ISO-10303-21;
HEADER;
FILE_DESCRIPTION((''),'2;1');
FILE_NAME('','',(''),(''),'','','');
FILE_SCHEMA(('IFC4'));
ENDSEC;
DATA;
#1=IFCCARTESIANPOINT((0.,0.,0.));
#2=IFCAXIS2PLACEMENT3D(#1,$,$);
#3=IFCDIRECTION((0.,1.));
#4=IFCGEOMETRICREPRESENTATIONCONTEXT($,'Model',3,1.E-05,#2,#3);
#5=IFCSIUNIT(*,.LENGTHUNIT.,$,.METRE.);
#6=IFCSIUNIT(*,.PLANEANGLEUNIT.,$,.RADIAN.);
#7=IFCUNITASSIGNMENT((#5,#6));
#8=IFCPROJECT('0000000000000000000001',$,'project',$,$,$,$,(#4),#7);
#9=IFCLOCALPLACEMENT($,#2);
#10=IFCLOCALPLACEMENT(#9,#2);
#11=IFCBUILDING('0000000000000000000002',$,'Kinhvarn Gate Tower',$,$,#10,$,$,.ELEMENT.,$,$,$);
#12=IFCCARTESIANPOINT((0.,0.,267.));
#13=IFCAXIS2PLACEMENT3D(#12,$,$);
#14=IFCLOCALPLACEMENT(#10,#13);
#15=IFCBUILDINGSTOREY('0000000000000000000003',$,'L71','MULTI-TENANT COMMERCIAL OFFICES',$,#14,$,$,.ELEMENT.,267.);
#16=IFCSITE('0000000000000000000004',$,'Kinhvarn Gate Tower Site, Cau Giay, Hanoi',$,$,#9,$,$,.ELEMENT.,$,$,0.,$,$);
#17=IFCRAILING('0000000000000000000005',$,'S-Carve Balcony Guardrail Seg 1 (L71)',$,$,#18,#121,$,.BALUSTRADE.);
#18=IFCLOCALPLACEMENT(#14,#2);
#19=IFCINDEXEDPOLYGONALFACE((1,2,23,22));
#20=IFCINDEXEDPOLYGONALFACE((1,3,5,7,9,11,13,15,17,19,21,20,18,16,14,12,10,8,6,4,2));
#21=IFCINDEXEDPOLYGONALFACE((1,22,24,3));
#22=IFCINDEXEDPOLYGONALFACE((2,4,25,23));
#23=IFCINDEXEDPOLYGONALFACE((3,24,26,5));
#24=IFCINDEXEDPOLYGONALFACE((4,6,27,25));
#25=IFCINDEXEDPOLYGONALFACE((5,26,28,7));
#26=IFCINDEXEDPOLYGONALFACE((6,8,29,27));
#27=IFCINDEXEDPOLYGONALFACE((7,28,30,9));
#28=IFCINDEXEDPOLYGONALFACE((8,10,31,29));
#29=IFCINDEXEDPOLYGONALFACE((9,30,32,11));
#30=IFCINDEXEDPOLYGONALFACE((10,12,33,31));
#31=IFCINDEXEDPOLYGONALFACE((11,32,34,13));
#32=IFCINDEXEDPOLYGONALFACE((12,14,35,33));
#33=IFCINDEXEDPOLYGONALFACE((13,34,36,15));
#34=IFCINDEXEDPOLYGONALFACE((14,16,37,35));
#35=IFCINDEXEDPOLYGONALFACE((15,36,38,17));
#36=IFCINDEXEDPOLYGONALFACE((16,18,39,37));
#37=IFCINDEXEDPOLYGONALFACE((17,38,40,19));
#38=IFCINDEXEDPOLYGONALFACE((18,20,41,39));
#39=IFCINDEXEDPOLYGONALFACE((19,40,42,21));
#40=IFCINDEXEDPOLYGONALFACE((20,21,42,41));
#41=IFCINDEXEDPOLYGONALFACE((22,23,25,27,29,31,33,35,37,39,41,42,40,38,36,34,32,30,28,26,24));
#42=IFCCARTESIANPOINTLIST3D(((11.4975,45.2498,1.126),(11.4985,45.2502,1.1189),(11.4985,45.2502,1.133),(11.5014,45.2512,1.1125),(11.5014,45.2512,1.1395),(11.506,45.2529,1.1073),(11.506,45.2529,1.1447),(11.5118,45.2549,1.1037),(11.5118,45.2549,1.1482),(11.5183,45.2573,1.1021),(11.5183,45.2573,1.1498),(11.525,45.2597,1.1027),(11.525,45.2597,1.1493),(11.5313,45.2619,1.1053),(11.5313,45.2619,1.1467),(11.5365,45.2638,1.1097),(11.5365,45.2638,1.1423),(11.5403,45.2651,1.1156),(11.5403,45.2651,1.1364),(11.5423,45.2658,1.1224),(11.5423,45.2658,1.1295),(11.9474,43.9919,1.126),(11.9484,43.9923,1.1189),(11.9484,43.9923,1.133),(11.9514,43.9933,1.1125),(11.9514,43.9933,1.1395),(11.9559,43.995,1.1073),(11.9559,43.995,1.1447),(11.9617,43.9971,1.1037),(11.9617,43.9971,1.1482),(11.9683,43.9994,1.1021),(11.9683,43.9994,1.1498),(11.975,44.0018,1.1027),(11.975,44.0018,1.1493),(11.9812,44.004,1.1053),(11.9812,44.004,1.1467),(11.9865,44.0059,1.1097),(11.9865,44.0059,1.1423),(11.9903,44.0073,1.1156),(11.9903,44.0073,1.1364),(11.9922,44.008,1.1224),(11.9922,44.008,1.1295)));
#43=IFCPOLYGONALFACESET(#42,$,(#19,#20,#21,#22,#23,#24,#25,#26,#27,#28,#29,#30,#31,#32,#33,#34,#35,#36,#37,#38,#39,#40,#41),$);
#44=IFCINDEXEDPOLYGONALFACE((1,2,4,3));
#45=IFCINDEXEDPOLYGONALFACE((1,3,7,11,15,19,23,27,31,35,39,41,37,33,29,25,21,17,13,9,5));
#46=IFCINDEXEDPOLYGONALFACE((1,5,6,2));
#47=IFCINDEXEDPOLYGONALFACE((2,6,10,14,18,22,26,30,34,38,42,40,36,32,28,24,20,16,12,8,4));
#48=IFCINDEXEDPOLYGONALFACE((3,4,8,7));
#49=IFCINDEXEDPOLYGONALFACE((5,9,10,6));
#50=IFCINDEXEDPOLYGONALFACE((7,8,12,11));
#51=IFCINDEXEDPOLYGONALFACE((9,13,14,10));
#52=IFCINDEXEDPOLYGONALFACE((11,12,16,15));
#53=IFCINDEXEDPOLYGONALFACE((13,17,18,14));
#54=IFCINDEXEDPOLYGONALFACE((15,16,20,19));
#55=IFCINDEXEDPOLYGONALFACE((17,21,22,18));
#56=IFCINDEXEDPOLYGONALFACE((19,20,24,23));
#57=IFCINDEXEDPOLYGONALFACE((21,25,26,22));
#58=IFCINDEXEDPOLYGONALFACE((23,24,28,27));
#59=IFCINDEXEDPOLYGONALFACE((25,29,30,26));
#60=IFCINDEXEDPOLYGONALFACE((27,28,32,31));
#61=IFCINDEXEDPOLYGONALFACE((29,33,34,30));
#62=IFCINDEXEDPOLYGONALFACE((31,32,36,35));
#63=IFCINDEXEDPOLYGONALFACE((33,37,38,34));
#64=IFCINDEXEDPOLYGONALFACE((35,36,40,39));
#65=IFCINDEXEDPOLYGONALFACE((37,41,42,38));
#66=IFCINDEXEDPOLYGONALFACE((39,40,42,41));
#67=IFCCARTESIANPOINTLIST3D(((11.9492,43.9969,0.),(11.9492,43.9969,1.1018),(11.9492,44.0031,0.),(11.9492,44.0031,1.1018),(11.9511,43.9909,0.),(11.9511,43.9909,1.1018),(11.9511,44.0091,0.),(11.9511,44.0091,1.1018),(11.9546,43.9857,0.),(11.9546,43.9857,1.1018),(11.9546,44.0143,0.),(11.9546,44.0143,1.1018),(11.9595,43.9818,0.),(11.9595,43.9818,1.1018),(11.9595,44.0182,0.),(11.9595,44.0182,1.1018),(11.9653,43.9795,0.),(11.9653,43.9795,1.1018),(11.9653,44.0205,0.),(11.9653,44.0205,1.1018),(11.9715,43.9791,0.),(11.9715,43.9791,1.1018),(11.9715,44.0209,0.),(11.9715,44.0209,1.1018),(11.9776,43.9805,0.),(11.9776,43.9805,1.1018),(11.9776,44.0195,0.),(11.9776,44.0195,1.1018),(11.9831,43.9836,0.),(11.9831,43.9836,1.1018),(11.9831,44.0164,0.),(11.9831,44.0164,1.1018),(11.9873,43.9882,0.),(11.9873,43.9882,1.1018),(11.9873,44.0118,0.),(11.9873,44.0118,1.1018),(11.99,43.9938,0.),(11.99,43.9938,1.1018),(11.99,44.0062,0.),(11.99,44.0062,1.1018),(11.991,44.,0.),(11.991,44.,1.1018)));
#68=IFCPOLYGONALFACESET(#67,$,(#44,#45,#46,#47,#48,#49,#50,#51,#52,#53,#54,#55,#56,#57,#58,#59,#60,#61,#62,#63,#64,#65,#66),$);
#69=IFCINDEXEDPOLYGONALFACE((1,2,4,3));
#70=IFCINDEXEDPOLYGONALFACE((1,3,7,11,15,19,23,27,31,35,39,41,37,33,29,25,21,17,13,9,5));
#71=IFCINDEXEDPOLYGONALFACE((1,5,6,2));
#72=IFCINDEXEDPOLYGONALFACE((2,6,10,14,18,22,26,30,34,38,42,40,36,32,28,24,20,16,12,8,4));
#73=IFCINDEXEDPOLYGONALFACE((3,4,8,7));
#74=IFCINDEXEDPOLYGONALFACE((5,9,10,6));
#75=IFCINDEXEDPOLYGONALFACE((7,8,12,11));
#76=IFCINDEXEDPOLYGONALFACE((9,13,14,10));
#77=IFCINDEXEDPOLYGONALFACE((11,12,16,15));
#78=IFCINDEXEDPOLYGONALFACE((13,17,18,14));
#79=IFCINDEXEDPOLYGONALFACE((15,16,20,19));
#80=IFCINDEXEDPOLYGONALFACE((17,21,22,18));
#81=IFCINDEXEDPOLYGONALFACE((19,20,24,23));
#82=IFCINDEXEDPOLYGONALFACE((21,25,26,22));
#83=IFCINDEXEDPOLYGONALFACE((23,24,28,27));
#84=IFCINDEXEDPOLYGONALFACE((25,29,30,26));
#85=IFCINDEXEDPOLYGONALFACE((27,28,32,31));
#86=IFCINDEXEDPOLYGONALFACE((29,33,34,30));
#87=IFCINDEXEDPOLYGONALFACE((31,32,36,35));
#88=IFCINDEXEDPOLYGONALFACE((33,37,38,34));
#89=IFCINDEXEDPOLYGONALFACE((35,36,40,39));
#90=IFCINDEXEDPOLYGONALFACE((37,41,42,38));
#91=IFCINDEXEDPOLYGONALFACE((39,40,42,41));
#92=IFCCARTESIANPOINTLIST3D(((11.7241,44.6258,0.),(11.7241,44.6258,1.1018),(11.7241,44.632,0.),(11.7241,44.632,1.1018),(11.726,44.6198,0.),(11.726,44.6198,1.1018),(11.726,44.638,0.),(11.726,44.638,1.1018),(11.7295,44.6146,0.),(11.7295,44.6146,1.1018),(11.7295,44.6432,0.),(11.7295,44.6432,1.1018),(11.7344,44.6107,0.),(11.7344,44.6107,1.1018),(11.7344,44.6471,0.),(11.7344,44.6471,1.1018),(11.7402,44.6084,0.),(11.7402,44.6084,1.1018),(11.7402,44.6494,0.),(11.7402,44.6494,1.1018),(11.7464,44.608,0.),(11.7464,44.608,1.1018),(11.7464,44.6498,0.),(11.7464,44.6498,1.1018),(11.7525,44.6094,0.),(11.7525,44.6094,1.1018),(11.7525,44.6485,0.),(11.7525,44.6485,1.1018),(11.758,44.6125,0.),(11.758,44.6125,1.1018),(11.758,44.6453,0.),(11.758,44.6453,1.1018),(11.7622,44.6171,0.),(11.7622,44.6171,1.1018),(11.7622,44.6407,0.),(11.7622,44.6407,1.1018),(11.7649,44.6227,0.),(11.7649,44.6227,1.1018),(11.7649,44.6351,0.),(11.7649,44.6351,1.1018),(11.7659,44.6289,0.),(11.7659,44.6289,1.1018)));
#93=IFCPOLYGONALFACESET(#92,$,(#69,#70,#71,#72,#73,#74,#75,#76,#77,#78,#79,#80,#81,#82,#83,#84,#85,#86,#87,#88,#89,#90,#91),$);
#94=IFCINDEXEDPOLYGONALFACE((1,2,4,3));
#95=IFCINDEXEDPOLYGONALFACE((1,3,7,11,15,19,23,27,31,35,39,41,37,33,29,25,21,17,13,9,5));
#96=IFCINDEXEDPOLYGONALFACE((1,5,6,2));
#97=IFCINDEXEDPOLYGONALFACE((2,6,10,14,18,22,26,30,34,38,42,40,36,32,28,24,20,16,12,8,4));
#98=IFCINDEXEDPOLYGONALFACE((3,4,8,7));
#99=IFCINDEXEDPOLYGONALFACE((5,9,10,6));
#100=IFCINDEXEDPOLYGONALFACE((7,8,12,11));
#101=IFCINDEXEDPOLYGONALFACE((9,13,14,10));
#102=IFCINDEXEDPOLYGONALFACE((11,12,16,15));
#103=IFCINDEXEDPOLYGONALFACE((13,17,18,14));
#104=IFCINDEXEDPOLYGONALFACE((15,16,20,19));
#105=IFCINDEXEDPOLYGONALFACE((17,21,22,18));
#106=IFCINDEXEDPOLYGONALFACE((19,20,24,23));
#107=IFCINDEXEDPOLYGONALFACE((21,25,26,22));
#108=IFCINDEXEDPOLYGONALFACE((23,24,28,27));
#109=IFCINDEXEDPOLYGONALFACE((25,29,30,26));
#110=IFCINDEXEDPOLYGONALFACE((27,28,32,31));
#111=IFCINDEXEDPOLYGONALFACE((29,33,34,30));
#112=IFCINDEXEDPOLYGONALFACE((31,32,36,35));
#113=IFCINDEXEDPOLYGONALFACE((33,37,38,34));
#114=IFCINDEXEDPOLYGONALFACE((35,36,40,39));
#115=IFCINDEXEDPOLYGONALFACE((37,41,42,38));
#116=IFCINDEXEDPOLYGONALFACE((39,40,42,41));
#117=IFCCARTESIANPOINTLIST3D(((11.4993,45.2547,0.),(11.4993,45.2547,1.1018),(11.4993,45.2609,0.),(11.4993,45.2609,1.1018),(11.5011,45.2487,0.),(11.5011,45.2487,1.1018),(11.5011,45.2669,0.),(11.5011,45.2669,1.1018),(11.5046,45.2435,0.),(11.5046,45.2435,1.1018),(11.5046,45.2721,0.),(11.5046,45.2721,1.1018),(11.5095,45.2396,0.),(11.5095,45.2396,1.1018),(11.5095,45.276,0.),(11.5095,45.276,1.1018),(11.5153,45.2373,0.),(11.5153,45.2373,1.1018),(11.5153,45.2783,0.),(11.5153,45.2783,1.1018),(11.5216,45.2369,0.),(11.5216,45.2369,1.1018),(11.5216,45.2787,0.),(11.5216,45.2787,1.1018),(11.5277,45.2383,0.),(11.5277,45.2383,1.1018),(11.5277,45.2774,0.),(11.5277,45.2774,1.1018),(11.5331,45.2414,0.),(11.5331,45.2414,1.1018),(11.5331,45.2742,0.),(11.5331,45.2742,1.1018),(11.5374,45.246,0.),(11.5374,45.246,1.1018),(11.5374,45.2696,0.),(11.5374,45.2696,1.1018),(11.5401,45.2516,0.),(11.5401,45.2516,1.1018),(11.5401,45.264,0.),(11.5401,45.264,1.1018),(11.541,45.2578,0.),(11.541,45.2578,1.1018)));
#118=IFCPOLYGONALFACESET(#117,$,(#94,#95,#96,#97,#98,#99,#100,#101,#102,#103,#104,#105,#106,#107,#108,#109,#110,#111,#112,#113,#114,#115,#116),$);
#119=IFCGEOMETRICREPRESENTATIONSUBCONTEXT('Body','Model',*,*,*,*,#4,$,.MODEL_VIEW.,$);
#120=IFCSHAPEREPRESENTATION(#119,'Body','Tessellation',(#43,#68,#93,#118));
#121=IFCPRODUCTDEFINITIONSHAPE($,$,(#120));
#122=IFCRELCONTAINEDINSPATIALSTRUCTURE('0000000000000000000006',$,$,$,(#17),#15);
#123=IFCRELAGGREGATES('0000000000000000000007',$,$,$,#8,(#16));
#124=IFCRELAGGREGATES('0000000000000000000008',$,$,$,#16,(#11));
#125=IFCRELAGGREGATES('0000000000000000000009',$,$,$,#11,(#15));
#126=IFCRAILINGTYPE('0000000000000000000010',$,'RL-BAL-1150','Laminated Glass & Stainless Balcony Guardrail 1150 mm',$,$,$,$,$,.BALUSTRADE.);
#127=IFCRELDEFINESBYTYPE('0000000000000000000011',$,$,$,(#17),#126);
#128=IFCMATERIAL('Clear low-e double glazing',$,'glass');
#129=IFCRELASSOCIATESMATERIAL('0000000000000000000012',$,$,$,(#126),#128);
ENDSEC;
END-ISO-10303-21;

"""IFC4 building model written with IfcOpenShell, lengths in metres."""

from ifc_helpers import new_model, si_unit, direction, frame, origin, origin_2d, place, context, subcontext, project, spatial, circle, extrude, material, type_object, element, save


model = new_model("IFC4")

# Units and contexts
model_context = context("Model", 3, precision=1e-05, world=origin(), true_north=direction((0.0, 1.0)))
body_context = subcontext(model_context, "Body", "Model", "MODEL_VIEW")
ifc_project = project(units=[si_unit("LENGTHUNIT", "METRE"), si_unit("PLANEANGLEUNIT", "RADIAN")], contexts=[model_context])

# Site, building, storey
site_placement = place(None, origin())
site = spatial("IfcSite", under=ifc_project, at=site_placement, Name="Kinhvarn Gate Tower Site, Cau Giay, Hanoi", CompositionType="ELEMENT", RefElevation=0.0)
building_placement = place(site_placement, origin())
building = spatial("IfcBuilding", under=site, at=building_placement, Name="Kinhvarn Gate Tower", CompositionType="ELEMENT")
storey_placement = place(building_placement, frame((0.0, 0.0, 267.0)))
storey = spatial("IfcBuildingStorey", under=building, at=storey_placement, Name="L71", Description="MULTI-TENANT COMMERCIAL OFFICES", CompositionType="ELEMENT", Elevation=267.0)

# Shared definitions
ifc_material_1 = material(Name="Clear low-e double glazing", Category="glass")

# Railing
railing_type_1 = type_object("IfcRailingType", Name="RL-BAL-1150", Description="Laminated Glass & Stainless Balcony Guardrail 1150 mm", PredefinedType="BALUSTRADE", material=ifc_material_1)
railing_1_placement = place(storey_placement, frame((11.97, 44.0, 0.0)))
element("IfcRailing", 1, at=railing_1_placement, inside=storey, type_object=railing_type_1, Name="S-Carve Balcony Guardrail Seg 1 (L71)", PredefinedType="BALUSTRADE", context=body_context, shape_type="SweptSolid", body=[
    extrude(circle(Radius=0.0239, at=origin_2d()), frame((0.0, 0.0, 1.126), z_axis=(-0.336823, 0.941568, 0.0), x_axis=(-0.941568, -0.336823, 0.0)), (0.0, 0.0, 1.0), 1.3359),
    extrude(circle(Radius=0.021, at=origin_2d()), origin(), (0.0, 0.0, 1.0), 1.1018),
    extrude(circle(Radius=0.021, at=origin_2d()), frame((-0.2251, 0.6289, 0.0)), (0.0, 0.0, 1.0), 1.1018),
    extrude(circle(Radius=0.021, at=origin_2d()), frame((-0.45, 1.2578, 0.0)), (0.0, 0.0, 1.0), 1.1018),
])

save(model, "model.ifc")
